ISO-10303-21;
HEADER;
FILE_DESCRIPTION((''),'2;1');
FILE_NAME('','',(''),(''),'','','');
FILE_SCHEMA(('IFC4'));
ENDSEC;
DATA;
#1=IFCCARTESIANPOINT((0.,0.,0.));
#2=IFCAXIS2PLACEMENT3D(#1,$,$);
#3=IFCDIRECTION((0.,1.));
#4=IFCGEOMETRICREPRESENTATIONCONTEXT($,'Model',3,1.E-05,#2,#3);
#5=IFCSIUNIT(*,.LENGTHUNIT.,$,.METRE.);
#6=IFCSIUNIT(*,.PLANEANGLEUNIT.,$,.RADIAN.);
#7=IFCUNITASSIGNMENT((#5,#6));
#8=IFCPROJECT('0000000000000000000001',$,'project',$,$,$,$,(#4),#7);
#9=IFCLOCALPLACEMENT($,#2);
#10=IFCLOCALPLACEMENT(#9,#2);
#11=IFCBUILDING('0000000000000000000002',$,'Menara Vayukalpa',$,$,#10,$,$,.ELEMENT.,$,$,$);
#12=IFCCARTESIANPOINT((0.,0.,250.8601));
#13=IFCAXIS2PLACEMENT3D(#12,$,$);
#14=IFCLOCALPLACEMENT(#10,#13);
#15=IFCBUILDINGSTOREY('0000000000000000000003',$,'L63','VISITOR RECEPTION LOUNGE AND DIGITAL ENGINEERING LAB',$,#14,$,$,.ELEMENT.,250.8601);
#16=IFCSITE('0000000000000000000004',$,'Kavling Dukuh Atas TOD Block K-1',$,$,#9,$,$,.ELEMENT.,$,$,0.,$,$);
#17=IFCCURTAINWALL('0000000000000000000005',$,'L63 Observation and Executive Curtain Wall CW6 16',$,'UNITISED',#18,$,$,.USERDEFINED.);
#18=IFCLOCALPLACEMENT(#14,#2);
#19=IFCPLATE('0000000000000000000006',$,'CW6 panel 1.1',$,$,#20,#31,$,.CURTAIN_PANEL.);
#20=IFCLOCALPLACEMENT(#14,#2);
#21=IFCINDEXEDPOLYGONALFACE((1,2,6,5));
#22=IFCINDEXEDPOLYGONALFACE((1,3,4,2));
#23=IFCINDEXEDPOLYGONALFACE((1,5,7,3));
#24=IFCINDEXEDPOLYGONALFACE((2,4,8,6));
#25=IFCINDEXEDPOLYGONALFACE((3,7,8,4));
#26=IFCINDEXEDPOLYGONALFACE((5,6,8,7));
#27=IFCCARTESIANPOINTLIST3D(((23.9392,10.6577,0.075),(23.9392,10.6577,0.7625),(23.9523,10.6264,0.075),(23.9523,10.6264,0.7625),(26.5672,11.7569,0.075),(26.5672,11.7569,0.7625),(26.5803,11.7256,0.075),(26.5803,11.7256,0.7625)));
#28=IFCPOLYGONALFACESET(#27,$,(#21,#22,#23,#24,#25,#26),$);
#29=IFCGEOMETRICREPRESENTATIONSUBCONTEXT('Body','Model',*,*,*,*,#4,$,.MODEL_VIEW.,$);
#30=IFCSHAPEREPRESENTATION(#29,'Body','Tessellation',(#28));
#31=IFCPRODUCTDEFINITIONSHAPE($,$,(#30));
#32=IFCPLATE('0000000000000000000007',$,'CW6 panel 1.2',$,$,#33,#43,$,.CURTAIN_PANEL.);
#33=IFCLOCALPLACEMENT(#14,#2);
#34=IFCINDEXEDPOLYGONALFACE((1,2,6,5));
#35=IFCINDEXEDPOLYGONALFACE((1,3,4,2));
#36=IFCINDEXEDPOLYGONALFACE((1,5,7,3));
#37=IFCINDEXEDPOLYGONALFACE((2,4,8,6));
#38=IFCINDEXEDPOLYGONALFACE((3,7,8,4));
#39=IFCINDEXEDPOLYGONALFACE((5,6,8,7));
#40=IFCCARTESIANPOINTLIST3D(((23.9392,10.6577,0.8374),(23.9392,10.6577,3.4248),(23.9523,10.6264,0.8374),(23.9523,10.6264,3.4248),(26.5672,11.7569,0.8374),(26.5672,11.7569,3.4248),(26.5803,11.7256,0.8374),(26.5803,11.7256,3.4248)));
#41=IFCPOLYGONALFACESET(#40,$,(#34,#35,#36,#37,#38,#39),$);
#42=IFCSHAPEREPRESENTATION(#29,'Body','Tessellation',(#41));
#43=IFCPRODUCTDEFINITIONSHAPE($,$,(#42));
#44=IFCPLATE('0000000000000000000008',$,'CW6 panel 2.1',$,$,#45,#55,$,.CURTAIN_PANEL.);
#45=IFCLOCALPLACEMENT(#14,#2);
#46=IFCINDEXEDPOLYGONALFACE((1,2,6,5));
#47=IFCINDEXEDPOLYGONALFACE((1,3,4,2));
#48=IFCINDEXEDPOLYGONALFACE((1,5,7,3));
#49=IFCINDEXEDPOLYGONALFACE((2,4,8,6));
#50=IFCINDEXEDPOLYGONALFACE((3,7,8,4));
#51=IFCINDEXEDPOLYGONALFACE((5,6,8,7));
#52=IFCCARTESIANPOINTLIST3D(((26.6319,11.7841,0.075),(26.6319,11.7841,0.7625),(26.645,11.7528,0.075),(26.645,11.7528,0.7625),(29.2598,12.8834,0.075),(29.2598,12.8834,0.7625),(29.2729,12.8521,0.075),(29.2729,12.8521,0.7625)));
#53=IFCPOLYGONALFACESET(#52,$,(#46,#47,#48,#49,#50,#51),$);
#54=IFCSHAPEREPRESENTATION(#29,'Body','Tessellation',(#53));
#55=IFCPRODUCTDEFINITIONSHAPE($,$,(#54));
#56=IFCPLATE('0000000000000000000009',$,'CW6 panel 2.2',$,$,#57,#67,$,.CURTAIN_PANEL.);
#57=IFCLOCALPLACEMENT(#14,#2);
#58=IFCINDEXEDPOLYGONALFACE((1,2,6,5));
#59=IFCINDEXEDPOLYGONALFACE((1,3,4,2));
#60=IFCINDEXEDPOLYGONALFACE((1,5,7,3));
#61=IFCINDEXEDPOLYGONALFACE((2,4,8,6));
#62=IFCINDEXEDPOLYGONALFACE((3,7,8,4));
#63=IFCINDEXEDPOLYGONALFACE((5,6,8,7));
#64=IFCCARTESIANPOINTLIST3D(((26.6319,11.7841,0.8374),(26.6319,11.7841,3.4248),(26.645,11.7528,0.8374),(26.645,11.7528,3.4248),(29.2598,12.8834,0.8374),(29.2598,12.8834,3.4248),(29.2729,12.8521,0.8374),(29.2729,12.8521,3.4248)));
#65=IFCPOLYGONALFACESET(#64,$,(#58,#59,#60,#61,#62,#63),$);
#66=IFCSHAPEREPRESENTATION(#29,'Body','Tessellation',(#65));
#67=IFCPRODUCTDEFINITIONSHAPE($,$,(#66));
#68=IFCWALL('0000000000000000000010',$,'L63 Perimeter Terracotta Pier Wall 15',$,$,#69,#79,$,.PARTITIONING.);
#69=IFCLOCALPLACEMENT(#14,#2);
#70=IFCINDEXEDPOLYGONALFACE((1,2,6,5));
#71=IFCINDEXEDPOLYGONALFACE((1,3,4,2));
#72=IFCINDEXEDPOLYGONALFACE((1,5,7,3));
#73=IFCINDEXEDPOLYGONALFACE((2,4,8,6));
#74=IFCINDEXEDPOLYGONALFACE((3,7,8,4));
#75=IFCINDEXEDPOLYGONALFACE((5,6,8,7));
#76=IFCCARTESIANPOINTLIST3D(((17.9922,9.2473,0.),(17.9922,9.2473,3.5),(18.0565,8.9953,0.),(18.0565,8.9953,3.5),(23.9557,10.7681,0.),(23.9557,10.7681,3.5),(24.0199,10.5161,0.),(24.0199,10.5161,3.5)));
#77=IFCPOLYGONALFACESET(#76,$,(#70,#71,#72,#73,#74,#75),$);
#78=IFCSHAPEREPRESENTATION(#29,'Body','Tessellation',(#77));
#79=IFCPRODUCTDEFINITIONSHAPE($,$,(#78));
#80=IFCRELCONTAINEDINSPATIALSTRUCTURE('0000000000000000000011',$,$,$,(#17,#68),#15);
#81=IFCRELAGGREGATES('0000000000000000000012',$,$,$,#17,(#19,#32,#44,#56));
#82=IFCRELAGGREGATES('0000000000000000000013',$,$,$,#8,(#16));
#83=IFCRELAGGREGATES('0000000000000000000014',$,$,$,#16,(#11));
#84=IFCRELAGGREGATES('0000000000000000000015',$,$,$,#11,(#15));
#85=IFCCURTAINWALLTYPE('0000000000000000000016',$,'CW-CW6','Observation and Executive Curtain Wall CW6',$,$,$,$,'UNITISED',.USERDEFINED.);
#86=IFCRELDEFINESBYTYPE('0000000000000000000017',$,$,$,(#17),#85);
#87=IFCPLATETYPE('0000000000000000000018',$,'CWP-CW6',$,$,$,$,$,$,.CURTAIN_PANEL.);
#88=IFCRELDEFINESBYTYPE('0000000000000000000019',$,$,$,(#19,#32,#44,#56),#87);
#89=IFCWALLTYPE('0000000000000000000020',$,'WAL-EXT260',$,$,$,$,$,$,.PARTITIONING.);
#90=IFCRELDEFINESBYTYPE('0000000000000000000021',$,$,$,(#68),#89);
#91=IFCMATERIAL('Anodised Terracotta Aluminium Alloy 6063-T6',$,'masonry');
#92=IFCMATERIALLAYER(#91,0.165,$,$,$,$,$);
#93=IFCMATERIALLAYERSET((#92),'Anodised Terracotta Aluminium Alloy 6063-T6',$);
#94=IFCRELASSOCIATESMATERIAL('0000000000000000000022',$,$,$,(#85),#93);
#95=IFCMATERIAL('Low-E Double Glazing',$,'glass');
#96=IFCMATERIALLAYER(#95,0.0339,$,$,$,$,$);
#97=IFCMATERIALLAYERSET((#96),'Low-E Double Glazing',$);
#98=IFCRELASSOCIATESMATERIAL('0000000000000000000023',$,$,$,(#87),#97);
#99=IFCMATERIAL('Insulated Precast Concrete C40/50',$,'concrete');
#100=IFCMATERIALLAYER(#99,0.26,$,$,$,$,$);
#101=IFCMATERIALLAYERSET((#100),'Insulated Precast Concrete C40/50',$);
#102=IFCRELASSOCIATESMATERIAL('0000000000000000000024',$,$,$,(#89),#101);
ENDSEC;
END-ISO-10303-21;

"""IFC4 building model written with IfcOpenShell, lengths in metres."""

from ifc_helpers import new_model, si_unit, direction, frame, frame_2d, origin, origin_2d, place, context, subcontext, project, spatial, rectangle, extrude, material, layer, layer_set, type_object, element, aggregate, save


model = new_model("IFC4")

# Units and contexts
model_context = context("Model", 3, precision=1e-05, world=origin(), true_north=direction((0.0, 1.0)))
body_context = subcontext(model_context, "Body", "Model", "MODEL_VIEW")
ifc_project = project(units=[si_unit("LENGTHUNIT", "METRE"), si_unit("PLANEANGLEUNIT", "RADIAN")], contexts=[model_context])

# Site, building, storey
site_placement = place(None, origin())
site = spatial("IfcSite", under=ifc_project, at=site_placement, Name="Kavling Dukuh Atas TOD Block K-1", CompositionType="ELEMENT", RefElevation=0.0)
building_placement = place(site_placement, origin())
building = spatial("IfcBuilding", under=site, at=building_placement, Name="Menara Vayukalpa", CompositionType="ELEMENT")
storey_placement = place(building_placement, frame((0.0, 0.0, 250.8601)))
storey = spatial("IfcBuildingStorey", under=building, at=storey_placement, Name="L63", Description="VISITOR RECEPTION LOUNGE AND DIGITAL ENGINEERING LAB", CompositionType="ELEMENT", Elevation=250.8601)

# Curtain wall, plates
ifc_material_1 = material(Name="Anodised Terracotta Aluminium Alloy 6063-T6", Category="masonry")
ifc_layer_1 = layer(ifc_material_1, 0.165)
ifc_layer_set_1 = layer_set([ifc_layer_1], Name="Anodised Terracotta Aluminium Alloy 6063-T6")
curtain_wall_type = type_object("IfcCurtainWallType", Name="CW-CW6", Description="Observation and Executive Curtain Wall CW6", ElementType="UNITISED", PredefinedType="USERDEFINED", material=ifc_layer_set_1)
curtain_wall_placement = place(storey_placement, origin())
curtain_wall = element("IfcCurtainWall", 1, at=curtain_wall_placement, inside=storey, type_object=curtain_wall_type, Name="L63 Observation and Executive Curtain Wall CW6 16", ObjectType="UNITISED", PredefinedType="USERDEFINED")
ifc_material_2 = material(Name="Low-E Double Glazing", Category="glass")
ifc_layer_2 = layer(ifc_material_2, 0.0339)
ifc_layer_set_2 = layer_set([ifc_layer_2], Name="Low-E Double Glazing")
plate_type = type_object("IfcPlateType", Name="CWP-CW6", PredefinedType="CURTAIN_PANEL", material=ifc_layer_set_2)
plate_1_placement = place(storey_placement, frame((25.2598, 11.1917, 0.075), z_axis=(0.0, 0.0, 1.0), x_axis=(0.922541, 0.3859, 0.0)))
plate_1 = element("IfcPlate", 2, at=plate_1_placement, type_object=plate_type, Name="CW6 panel 1.1", PredefinedType="CURTAIN_PANEL", context=body_context, shape_type="SweptSolid", body=[
    extrude(rectangle(XDim=2.8486, YDim=0.0339, at=origin_2d()), origin(), (0.0, 0.0, 1.0), 0.6875),
])
plate_2_placement = place(storey_placement, frame((25.2598, 11.1917, 0.8374), z_axis=(0.0, 0.0, 1.0), x_axis=(0.922541, 0.3859, 0.0)))
plate_2 = element("IfcPlate", 3, at=plate_2_placement, type_object=plate_type, Name="CW6 panel 1.2", PredefinedType="CURTAIN_PANEL", context=body_context, shape_type="SweptSolid", body=[
    extrude(rectangle(XDim=2.8486, YDim=0.0339, at=origin_2d()), origin(), (0.0, 0.0, 1.0), 2.5874),
])
plate_3_placement = place(storey_placement, frame((27.9524, 12.3181, 0.075), z_axis=(0.0, 0.0, 1.0), x_axis=(0.922541, 0.3859, 0.0)))
plate_3 = element("IfcPlate", 4, at=plate_3_placement, type_object=plate_type, Name="CW6 panel 2.1", PredefinedType="CURTAIN_PANEL", context=body_context, shape_type="SweptSolid", body=[
    extrude(rectangle(XDim=2.8486, YDim=0.0339, at=origin_2d()), origin(), (0.0, 0.0, 1.0), 0.6875),
])
plate_4_placement = place(storey_placement, frame((27.9524, 12.3181, 0.8374), z_axis=(0.0, 0.0, 1.0), x_axis=(0.922541, 0.3859, 0.0)))
plate_4 = element("IfcPlate", 5, at=plate_4_placement, type_object=plate_type, Name="CW6 panel 2.2", PredefinedType="CURTAIN_PANEL", context=body_context, shape_type="SweptSolid", body=[
    extrude(rectangle(XDim=2.8486, YDim=0.0339, at=origin_2d()), origin(), (0.0, 0.0, 1.0), 2.5874),
])
aggregate(curtain_wall, [plate_1, plate_2, plate_3, plate_4])

# Wall
ifc_material_3 = material(Name="Insulated Precast Concrete C40/50", Category="concrete")
ifc_layer_3 = layer(ifc_material_3, 0.26)
ifc_layer_set_3 = layer_set([ifc_layer_3], Name="Insulated Precast Concrete C40/50")
wall_type = type_object("IfcWallType", Name="WAL-EXT260", PredefinedType="PARTITIONING", material=ifc_layer_set_3)
wall_placement = place(storey_placement, frame((23.9878, 10.6421, 0.0), z_axis=(0.0, 0.0, 1.0), x_axis=(-0.968988, -0.247107, 0.0)))
element("IfcWall", 6, at=wall_placement, inside=storey, type_object=wall_type, Name="L63 Perimeter Terracotta Pier Wall 15", PredefinedType="PARTITIONING", context=body_context, shape_type="SweptSolid", body=[
    extrude(rectangle(XDim=6.1543, YDim=0.26, at=frame_2d((3.0771, 0.0))), origin(), (0.0, 0.0, 1.0), 3.5),
])

save(model, "model.ifc")
